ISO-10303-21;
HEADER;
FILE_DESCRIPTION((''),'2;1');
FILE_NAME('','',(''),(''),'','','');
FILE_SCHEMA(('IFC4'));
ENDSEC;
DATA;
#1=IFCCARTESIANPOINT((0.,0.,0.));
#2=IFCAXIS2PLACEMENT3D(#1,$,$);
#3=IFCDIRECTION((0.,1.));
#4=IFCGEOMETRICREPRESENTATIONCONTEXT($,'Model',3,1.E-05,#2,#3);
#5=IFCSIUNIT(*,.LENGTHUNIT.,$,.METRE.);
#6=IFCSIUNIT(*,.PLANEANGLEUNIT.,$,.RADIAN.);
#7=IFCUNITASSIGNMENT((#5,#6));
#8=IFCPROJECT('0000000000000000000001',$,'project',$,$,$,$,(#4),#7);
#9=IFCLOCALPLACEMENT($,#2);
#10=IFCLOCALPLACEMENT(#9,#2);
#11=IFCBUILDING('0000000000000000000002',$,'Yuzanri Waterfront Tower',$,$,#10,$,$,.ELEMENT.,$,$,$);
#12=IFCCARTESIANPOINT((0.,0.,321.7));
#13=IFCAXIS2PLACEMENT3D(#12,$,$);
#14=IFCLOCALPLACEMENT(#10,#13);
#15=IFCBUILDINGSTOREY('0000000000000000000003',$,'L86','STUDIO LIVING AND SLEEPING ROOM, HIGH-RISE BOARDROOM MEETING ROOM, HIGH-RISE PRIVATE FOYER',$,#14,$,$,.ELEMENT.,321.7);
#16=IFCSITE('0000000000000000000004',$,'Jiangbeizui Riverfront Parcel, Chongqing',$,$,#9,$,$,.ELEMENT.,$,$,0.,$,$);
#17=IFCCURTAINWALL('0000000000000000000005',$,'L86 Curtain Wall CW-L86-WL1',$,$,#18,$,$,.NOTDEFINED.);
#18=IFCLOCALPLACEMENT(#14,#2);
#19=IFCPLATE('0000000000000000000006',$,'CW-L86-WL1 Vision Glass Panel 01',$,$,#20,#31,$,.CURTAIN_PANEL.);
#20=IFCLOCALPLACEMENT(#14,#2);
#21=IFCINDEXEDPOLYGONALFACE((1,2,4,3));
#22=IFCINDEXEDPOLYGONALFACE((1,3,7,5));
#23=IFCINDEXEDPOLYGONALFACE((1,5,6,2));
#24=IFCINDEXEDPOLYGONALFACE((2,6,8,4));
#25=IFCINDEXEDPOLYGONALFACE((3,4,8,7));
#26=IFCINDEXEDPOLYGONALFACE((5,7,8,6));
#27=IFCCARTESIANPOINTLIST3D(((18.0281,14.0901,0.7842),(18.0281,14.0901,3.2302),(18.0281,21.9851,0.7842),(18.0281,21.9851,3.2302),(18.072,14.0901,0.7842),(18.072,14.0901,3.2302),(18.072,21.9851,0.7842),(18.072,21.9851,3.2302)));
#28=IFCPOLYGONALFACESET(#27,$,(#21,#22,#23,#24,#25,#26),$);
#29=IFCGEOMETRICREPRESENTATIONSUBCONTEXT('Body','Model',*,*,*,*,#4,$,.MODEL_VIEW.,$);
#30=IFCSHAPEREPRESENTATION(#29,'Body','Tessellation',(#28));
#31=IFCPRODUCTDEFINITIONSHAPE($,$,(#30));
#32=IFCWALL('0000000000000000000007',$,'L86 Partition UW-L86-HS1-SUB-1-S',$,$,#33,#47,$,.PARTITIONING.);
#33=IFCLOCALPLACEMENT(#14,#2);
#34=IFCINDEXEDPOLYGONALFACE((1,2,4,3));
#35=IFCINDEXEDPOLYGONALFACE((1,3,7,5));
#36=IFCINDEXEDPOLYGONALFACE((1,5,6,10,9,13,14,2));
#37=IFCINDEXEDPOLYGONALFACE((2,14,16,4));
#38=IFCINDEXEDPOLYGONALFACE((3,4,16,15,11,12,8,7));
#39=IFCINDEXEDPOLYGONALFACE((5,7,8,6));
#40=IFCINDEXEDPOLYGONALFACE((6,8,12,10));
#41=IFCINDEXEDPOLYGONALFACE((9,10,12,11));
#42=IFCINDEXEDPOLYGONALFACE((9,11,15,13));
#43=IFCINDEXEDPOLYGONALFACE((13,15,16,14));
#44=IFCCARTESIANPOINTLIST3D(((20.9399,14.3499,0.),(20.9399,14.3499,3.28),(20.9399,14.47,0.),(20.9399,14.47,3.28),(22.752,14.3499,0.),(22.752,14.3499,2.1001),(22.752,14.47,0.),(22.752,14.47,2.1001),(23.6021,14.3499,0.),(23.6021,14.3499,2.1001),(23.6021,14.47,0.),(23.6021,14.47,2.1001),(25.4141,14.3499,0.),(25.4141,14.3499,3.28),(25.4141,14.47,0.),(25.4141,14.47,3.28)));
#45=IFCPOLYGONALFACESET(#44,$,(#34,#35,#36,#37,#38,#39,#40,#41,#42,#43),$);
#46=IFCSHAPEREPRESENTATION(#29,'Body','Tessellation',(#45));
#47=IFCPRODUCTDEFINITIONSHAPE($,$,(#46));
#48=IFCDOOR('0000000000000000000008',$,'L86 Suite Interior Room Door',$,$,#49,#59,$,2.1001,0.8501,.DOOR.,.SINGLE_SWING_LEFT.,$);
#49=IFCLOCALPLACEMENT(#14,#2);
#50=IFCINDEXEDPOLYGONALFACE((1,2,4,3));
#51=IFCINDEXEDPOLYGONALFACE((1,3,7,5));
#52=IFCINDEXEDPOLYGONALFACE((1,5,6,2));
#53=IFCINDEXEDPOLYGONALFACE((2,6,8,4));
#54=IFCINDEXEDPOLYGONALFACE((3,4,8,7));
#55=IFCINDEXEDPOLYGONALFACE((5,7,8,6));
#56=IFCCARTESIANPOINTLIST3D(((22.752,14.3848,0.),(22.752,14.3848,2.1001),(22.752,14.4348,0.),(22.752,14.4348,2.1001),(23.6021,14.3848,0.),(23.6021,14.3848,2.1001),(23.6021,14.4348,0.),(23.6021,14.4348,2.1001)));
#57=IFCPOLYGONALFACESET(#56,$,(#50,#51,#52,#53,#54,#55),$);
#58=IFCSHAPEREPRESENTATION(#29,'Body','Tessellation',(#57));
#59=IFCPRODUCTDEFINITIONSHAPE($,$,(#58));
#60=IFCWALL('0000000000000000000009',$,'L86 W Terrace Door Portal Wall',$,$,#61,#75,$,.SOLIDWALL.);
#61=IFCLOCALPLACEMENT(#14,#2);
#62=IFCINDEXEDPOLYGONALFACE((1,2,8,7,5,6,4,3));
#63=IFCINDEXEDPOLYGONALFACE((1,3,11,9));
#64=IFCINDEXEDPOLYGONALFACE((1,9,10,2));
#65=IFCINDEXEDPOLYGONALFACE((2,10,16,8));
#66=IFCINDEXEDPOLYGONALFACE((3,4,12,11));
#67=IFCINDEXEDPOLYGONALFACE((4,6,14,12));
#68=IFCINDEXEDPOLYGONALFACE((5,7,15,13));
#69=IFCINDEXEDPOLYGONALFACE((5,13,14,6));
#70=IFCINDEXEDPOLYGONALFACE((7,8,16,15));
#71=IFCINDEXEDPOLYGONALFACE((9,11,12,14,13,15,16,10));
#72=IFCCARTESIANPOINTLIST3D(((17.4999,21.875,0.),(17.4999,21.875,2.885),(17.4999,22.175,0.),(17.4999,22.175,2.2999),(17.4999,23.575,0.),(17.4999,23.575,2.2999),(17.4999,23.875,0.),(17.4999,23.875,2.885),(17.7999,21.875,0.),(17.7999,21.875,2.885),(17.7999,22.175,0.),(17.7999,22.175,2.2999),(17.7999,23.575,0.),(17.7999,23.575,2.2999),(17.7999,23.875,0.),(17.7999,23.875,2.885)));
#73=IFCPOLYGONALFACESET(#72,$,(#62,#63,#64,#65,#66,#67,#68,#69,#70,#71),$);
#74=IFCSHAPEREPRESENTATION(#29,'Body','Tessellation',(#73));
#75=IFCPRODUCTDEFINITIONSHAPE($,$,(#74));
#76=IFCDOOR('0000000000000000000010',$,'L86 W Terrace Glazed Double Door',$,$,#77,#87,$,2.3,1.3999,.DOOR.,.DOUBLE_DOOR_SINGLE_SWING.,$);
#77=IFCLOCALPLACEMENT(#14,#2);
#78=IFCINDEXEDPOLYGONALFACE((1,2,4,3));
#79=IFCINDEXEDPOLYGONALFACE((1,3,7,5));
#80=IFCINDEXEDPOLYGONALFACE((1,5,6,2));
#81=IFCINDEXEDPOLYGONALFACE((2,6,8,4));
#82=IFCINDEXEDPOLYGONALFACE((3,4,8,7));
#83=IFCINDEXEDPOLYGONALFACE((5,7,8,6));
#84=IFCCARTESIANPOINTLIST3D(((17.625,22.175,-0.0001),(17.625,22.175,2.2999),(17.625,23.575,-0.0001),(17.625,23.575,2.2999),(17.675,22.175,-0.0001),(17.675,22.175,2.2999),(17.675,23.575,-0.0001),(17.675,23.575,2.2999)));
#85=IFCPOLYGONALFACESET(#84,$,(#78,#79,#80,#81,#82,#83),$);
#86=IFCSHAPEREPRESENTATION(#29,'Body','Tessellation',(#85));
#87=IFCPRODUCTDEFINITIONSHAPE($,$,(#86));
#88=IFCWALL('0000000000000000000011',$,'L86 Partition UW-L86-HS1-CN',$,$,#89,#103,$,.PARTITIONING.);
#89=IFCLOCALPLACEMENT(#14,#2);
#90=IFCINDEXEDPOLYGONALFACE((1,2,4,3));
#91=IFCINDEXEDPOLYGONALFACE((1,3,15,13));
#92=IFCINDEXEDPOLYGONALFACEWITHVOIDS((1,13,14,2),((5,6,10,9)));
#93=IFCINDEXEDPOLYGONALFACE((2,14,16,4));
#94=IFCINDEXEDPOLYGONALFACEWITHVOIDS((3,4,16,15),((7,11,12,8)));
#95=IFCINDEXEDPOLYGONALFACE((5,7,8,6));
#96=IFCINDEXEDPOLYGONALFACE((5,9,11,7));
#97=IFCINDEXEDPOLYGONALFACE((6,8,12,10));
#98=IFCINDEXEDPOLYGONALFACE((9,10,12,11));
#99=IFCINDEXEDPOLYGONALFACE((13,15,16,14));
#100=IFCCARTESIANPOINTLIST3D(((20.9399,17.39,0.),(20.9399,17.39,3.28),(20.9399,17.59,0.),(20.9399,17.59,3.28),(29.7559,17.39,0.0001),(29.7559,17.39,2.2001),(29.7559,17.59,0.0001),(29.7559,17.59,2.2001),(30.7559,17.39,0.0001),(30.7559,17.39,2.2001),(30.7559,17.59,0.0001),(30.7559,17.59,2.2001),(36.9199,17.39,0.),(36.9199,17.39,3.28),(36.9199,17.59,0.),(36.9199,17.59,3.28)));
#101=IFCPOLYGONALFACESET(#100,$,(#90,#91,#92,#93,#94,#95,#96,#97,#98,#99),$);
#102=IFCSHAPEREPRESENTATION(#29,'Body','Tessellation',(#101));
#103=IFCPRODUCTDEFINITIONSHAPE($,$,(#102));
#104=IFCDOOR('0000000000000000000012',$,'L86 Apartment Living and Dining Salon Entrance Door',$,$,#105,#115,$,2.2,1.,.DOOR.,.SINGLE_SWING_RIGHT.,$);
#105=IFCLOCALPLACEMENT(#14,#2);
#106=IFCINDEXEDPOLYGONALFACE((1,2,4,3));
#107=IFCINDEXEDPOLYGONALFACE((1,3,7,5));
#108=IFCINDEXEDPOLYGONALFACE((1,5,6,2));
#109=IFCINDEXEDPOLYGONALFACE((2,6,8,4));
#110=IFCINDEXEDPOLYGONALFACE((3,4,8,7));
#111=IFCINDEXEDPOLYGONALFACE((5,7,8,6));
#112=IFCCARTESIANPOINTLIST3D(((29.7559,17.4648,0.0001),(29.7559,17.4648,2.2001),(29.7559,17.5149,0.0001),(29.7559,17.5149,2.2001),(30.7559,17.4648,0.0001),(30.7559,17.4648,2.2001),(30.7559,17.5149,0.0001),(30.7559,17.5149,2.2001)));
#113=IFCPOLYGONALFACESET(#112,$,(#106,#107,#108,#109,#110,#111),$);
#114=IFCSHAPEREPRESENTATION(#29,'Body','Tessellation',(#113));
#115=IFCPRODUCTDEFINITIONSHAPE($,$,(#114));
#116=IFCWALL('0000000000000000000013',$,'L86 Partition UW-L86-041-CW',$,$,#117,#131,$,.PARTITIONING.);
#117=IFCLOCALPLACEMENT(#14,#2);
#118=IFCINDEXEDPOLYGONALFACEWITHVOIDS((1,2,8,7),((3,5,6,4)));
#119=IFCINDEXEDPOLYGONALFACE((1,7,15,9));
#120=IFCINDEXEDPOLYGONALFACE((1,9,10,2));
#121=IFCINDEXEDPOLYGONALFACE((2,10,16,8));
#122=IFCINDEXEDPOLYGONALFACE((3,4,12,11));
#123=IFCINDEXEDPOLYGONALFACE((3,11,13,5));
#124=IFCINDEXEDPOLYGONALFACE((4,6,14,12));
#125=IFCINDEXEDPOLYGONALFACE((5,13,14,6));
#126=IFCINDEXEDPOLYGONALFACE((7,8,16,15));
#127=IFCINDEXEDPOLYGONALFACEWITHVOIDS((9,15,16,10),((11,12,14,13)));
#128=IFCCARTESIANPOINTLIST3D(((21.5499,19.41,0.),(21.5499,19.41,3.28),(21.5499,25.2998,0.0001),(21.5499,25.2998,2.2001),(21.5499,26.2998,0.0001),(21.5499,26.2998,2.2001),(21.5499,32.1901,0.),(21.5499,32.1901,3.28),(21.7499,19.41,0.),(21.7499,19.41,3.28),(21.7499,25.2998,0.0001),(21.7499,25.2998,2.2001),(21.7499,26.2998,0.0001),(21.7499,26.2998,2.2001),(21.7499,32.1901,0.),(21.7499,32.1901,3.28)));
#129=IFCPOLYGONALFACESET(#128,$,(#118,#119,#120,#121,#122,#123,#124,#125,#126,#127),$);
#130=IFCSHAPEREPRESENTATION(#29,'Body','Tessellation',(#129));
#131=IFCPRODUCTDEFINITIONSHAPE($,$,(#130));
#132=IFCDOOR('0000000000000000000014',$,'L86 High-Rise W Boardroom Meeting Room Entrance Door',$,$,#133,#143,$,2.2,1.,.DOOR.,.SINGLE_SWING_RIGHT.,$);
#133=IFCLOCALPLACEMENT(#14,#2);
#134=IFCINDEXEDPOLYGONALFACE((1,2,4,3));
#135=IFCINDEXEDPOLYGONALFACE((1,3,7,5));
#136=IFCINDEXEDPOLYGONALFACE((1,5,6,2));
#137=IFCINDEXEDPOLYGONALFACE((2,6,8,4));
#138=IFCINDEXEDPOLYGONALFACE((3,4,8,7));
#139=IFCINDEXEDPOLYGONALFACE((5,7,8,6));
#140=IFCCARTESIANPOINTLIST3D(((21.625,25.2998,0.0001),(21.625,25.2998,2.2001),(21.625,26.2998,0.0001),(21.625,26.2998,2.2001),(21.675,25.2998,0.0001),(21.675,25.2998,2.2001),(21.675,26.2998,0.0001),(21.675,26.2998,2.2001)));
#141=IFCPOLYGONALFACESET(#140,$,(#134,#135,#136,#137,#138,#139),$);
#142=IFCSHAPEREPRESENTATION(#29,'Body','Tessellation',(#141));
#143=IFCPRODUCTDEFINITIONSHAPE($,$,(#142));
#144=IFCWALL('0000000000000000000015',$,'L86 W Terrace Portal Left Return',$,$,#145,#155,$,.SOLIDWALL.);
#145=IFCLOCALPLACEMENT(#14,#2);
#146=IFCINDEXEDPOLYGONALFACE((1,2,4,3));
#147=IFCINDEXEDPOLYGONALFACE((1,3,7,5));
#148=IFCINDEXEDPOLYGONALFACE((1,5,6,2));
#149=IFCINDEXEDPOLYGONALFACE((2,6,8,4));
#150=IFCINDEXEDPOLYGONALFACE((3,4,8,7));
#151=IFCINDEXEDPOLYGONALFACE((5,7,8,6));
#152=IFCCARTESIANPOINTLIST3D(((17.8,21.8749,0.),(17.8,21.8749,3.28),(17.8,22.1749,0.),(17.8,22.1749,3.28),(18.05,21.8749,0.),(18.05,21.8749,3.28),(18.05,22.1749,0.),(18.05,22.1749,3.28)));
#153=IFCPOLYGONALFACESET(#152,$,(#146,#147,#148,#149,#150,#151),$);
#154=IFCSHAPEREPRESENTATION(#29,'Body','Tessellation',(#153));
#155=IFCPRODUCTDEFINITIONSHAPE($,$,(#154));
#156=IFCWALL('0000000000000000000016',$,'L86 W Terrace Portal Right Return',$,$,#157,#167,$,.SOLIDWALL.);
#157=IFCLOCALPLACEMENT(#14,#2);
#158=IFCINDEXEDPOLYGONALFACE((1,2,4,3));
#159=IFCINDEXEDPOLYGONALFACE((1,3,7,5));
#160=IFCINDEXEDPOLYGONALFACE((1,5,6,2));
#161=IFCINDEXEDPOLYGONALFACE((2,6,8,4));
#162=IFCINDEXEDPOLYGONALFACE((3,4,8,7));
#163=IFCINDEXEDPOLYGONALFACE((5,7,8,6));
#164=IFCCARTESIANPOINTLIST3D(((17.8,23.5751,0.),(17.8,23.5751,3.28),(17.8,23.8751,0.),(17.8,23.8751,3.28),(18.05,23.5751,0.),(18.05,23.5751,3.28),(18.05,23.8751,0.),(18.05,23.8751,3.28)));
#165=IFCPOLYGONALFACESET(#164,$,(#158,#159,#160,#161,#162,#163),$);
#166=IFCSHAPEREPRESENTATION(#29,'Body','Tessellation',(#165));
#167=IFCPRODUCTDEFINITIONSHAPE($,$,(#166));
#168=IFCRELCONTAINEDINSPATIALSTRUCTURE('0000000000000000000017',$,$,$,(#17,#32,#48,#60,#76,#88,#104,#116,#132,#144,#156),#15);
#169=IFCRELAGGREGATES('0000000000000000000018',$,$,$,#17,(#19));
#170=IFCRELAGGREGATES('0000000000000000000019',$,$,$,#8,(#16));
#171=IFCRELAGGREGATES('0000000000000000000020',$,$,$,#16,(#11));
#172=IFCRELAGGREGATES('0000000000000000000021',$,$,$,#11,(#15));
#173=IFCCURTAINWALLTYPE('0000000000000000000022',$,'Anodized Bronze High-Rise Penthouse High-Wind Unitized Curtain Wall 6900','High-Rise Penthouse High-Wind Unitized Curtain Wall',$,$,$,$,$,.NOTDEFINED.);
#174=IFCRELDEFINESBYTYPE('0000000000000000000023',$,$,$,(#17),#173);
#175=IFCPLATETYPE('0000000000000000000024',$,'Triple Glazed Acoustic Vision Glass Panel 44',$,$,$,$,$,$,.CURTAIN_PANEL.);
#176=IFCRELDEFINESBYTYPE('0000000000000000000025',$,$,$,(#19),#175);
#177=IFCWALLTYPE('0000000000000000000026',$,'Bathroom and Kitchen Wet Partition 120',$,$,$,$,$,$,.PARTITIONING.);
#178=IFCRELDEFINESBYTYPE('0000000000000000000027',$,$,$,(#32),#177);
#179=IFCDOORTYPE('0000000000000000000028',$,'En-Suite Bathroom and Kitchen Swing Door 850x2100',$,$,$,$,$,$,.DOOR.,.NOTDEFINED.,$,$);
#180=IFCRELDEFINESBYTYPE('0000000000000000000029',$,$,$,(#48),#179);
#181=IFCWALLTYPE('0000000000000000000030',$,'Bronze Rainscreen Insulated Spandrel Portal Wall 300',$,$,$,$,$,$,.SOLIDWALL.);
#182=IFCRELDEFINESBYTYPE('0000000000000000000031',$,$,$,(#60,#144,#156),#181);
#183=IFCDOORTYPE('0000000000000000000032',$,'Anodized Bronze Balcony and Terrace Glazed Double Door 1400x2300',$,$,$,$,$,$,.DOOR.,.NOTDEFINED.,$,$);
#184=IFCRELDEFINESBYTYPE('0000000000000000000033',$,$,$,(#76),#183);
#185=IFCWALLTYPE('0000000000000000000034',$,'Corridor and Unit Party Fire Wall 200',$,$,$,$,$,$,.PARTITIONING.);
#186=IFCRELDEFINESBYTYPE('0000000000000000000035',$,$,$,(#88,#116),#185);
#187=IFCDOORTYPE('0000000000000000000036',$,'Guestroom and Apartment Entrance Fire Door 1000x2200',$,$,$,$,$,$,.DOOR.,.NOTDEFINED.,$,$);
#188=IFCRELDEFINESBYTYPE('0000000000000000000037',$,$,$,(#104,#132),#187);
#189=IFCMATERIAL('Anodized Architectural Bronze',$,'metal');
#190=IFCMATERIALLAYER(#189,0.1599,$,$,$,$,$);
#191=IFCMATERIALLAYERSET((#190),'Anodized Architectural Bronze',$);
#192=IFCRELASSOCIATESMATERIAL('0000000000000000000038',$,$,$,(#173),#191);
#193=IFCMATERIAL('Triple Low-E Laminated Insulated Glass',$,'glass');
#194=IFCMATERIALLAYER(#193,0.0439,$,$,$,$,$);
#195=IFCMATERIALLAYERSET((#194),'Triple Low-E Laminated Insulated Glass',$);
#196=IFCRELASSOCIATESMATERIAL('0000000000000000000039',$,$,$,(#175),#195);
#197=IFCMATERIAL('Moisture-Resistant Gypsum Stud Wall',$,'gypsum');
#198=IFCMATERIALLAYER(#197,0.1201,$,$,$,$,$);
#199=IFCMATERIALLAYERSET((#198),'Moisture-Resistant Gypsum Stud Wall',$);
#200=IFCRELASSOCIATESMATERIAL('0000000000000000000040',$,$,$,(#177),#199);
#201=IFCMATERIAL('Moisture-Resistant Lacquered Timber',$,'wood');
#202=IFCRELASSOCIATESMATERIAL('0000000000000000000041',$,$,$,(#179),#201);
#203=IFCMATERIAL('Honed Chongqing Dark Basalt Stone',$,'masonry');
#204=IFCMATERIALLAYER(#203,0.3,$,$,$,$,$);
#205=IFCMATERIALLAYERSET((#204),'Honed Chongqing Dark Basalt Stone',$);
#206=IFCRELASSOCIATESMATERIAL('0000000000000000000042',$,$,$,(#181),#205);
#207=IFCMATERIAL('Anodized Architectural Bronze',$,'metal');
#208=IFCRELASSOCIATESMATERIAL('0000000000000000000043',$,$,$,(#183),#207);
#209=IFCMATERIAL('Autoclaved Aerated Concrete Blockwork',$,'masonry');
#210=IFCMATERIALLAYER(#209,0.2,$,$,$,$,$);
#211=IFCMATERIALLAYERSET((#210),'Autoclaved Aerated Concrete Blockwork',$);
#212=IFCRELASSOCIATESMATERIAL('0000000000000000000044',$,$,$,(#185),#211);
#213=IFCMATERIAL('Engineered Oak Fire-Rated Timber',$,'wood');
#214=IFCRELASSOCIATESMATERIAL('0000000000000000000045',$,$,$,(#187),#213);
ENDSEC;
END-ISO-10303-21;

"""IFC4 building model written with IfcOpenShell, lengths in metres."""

from ifc_helpers import new_model, si_unit, direction, frame, frame_2d, origin, origin_2d, place, context, subcontext, project, spatial, rectangle, extrude, source, transform, mapped, material, layer, layer_set, type_object, element, fill, aggregate, save


model = new_model("IFC4")

# Units and contexts
model_context = context("Model", 3, precision=1e-05, world=origin(), true_north=direction((0.0, 1.0)))
body_context = subcontext(model_context, "Body", "Model", "MODEL_VIEW")
ifc_project = project(units=[si_unit("LENGTHUNIT", "METRE"), si_unit("PLANEANGLEUNIT", "RADIAN")], contexts=[model_context])

# Site, building, storey
site_placement = place(None, origin())
site = spatial("IfcSite", under=ifc_project, at=site_placement, Name="Jiangbeizui Riverfront Parcel, Chongqing", CompositionType="ELEMENT", RefElevation=0.0)
building_placement = place(site_placement, origin())
building = spatial("IfcBuilding", under=site, at=building_placement, Name="Yuzanri Waterfront Tower", CompositionType="ELEMENT")
storey_placement = place(building_placement, frame((0.0, 0.0, 321.7)))
storey = spatial("IfcBuildingStorey", under=building, at=storey_placement, Name="L86", Description="STUDIO LIVING AND SLEEPING ROOM, HIGH-RISE BOARDROOM MEETING ROOM, HIGH-RISE PRIVATE FOYER", CompositionType="ELEMENT", Elevation=321.7)

# Curtain wall
ifc_material_1 = material(Name="Anodized Architectural Bronze", Category="metal")
ifc_layer_1 = layer(ifc_material_1, 0.1599)
ifc_layer_set_1 = layer_set([ifc_layer_1], Name="Anodized Architectural Bronze")
curtain_wall_type = type_object("IfcCurtainWallType", Name="Anodized Bronze High-Rise Penthouse High-Wind Unitized Curtain Wall 6900", Description="High-Rise Penthouse High-Wind Unitized Curtain Wall", PredefinedType="NOTDEFINED", material=ifc_layer_set_1)
curtain_wall_1_placement = place(storey_placement, origin())
curtain_wall_1 = element("IfcCurtainWall", 1, at=curtain_wall_1_placement, inside=storey, type_object=curtain_wall_type, Name="L86 Curtain Wall CW-L86-WL1", PredefinedType="NOTDEFINED")

# Plate
ifc_material_2 = material(Name="Triple Low-E Laminated Insulated Glass", Category="glass")
ifc_layer_2 = layer(ifc_material_2, 0.0439)
ifc_layer_set_2 = layer_set([ifc_layer_2], Name="Triple Low-E Laminated Insulated Glass")
plate_type_1 = type_object("IfcPlateType", Name="Triple Glazed Acoustic Vision Glass Panel 44", PredefinedType="CURTAIN_PANEL", material=ifc_layer_set_2)
shared_shape_1 = source(origin(), body_context, "Body", "SweptSolid", [
    extrude(rectangle(XDim=7.895, YDim=0.0439, at=origin_2d()), origin(), (0.0, 0.0, 1.0), 2.446),
])
plate_1_placement = place(storey_placement, frame((18.05, 18.0376, 0.7842), z_axis=(0.0, 0.0, 1.0), x_axis=(0.0, 1.0, 0.0)))
plate_1 = element("IfcPlate", 2, at=plate_1_placement, type_object=plate_type_1, Name="CW-L86-WL1 Vision Glass Panel 01", PredefinedType="CURTAIN_PANEL", context=body_context, shape_type="MappedRepresentation", body=[
    mapped(shared_shape_1, transform((0.0, 0.0, 0.0), scale=1.0)),
])
aggregate(curtain_wall_1, [plate_1])

# Walls, openings, doors
ifc_material_3 = material(Name="Moisture-Resistant Gypsum Stud Wall", Category="gypsum")
ifc_layer_3 = layer(ifc_material_3, 0.1201)
ifc_layer_set_3 = layer_set([ifc_layer_3], Name="Moisture-Resistant Gypsum Stud Wall")
wall_type_1 = type_object("IfcWallType", Name="Bathroom and Kitchen Wet Partition 120", PredefinedType="PARTITIONING", material=ifc_layer_set_3)
wall_1_placement = place(storey_placement, frame((20.9399, 14.4099, 0.0), z_axis=(0.0, 0.0, 1.0), x_axis=(1.0, 0.0, 0.0)))
wall_1 = element("IfcWall", 3, at=wall_1_placement, inside=storey, type_object=wall_type_1, Name="L86 Partition UW-L86-HS1-SUB-1-S", PredefinedType="PARTITIONING", context=body_context, shape_type="SweptSolid", body=[
    extrude(rectangle(XDim=4.4741, YDim=0.1201, at=frame_2d((2.2371, 0.0))), origin(), (0.0, 0.0, 1.0), 3.28),
])
opening_1_placement = place(wall_1_placement, frame((1.812, 0.0, 0.0)))
opening_1 = element("IfcOpeningElement", 4, at=opening_1_placement, cuts=wall_1, PredefinedType="OPENING", context=body_context, shape_type="SweptSolid", body=[
    extrude(rectangle(XDim=0.8501, YDim=2.1001, at=frame_2d((0.425, 1.05))), frame((0.0, 0.075, 0.0), z_axis=(0.0, -1.0, 0.0), x_axis=(1.0, 0.0, 0.0)), (0.0, 0.0, 1.0), 0.1499),
])
ifc_material_4 = material(Name="Moisture-Resistant Lacquered Timber", Category="wood")
door_type_1 = type_object("IfcDoorType", Name="En-Suite Bathroom and Kitchen Swing Door 850x2100", OperationType="NOTDEFINED", PredefinedType="DOOR", material=ifc_material_4)
shared_shape_2 = source(origin(), body_context, "Body", "SweptSolid", [
    extrude(rectangle(XDim=0.8501, YDim=2.1001, at=frame_2d((0.425, 1.05))), frame((0.0, 0.0249, 0.0), z_axis=(0.0, -1.0, 0.0), x_axis=(1.0, 0.0, 0.0)), (0.0, 0.0, 1.0), 0.05),
])
door_1_placement = place(opening_1_placement, origin())
door_1 = element("IfcDoor", 5, at=door_1_placement, inside=storey, type_object=door_type_1, Name="L86 Suite Interior Room Door", OperationType="SINGLE_SWING_LEFT", OverallHeight=2.1001, OverallWidth=0.8501, PredefinedType="DOOR", context=body_context, shape_type="MappedRepresentation", body=[
    mapped(shared_shape_2, transform((0.0, 0.0, 0.0), scale=1.0)),
])
fill(opening_1, door_1)
ifc_material_5 = material(Name="Honed Chongqing Dark Basalt Stone", Category="masonry")
ifc_layer_4 = layer(ifc_material_5, 0.3)
ifc_layer_set_4 = layer_set([ifc_layer_4], Name="Honed Chongqing Dark Basalt Stone")
wall_type_2 = type_object("IfcWallType", Name="Bronze Rainscreen Insulated Spandrel Portal Wall 300", PredefinedType="SOLIDWALL", material=ifc_layer_set_4)
wall_2_placement = place(storey_placement, frame((17.6499, 21.875, 0.0), z_axis=(0.0, 0.0, 1.0), x_axis=(0.0, 1.0, 0.0)))
wall_2 = element("IfcWall", 6, at=wall_2_placement, inside=storey, type_object=wall_type_2, Name="L86 W Terrace Door Portal Wall", PredefinedType="SOLIDWALL", context=body_context, shape_type="SweptSolid", body=[
    extrude(rectangle(XDim=2.0, YDim=0.3, at=frame_2d((1.0, 0.0))), origin(), (0.0, 0.0, 1.0), 2.885),
])
opening_2_placement = place(wall_2_placement, frame((0.3, 0.0, 0.0)))
opening_2 = element("IfcOpeningElement", 7, at=opening_2_placement, cuts=wall_2, PredefinedType="OPENING", context=body_context, shape_type="SweptSolid", body=[
    extrude(rectangle(XDim=1.3999, YDim=2.3, at=frame_2d((0.7, 1.1499))), frame((0.0, 0.165, 0.0), z_axis=(0.0, -1.0, 0.0), x_axis=(1.0, 0.0, 0.0)), (0.0, 0.0, 1.0), 0.3298),
])
ifc_material_6 = material(Name="Anodized Architectural Bronze", Category="metal")
door_type_2 = type_object("IfcDoorType", Name="Anodized Bronze Balcony and Terrace Glazed Double Door 1400x2300", OperationType="NOTDEFINED", PredefinedType="DOOR", material=ifc_material_6)
shared_shape_3 = source(origin(), body_context, "Body", "SweptSolid", [
    extrude(rectangle(XDim=1.3999, YDim=2.3, at=frame_2d((0.7, 1.1499))), frame((0.0, 0.0249, 0.0), z_axis=(0.0, -1.0, 0.0), x_axis=(1.0, 0.0, 0.0)), (0.0, 0.0, 1.0), 0.05),
])
door_2_placement = place(opening_2_placement, origin())
door_2 = element("IfcDoor", 8, at=door_2_placement, inside=storey, type_object=door_type_2, Name="L86 W Terrace Glazed Double Door", OperationType="DOUBLE_DOOR_SINGLE_SWING", OverallHeight=2.3, OverallWidth=1.3999, PredefinedType="DOOR", context=body_context, shape_type="MappedRepresentation", body=[
    mapped(shared_shape_3, transform((0.0, 0.0, 0.0), scale=1.0)),
])
fill(opening_2, door_2)
ifc_material_7 = material(Name="Autoclaved Aerated Concrete Blockwork", Category="masonry")
ifc_layer_5 = layer(ifc_material_7, 0.2)
ifc_layer_set_5 = layer_set([ifc_layer_5], Name="Autoclaved Aerated Concrete Blockwork")
wall_type_3 = type_object("IfcWallType", Name="Corridor and Unit Party Fire Wall 200", PredefinedType="PARTITIONING", material=ifc_layer_set_5)
wall_3_placement = place(storey_placement, frame((20.9399, 17.49, 0.0), z_axis=(0.0, 0.0, 1.0), x_axis=(1.0, 0.0, 0.0)))
wall_3 = element("IfcWall", 9, at=wall_3_placement, inside=storey, type_object=wall_type_3, Name="L86 Partition UW-L86-HS1-CN", PredefinedType="PARTITIONING", context=body_context, shape_type="SweptSolid", body=[
    extrude(rectangle(XDim=15.98, YDim=0.2, at=frame_2d((7.99, 0.0))), origin(), (0.0, 0.0, 1.0), 3.28),
])
opening_3_placement = place(wall_3_placement, frame((8.8159, 0.0, 0.0)))
opening_3 = element("IfcOpeningElement", 10, at=opening_3_placement, cuts=wall_3, PredefinedType="OPENING", context=body_context, shape_type="SweptSolid", body=[
    extrude(rectangle(XDim=1.0, YDim=2.2, at=frame_2d((0.5, 1.1001))), frame((0.0, 0.1147, 0.0), z_axis=(0.0, -1.0, 0.0), x_axis=(1.0, 0.0, 0.0)), (0.0, 0.0, 1.0), 0.2297),
])
ifc_material_8 = material(Name="Engineered Oak Fire-Rated Timber", Category="wood")
door_type_3 = type_object("IfcDoorType", Name="Guestroom and Apartment Entrance Fire Door 1000x2200", OperationType="NOTDEFINED", PredefinedType="DOOR", material=ifc_material_8)
shared_shape_4 = source(origin(), body_context, "Body", "SweptSolid", [
    extrude(rectangle(XDim=1.0, YDim=2.2, at=frame_2d((0.5, 1.1001))), frame((0.0, 0.0249, 0.0), z_axis=(0.0, -1.0, 0.0), x_axis=(1.0, 0.0, 0.0)), (0.0, 0.0, 1.0), 0.05),
])
door_3_placement = place(opening_3_placement, origin())
door_3 = element("IfcDoor", 11, at=door_3_placement, inside=storey, type_object=door_type_3, Name="L86 Apartment Living and Dining Salon Entrance Door", OperationType="SINGLE_SWING_RIGHT", OverallHeight=2.2, OverallWidth=1.0, PredefinedType="DOOR", context=body_context, shape_type="MappedRepresentation", body=[
    mapped(shared_shape_4, transform((0.0, 0.0, 0.0), scale=1.0)),
])
fill(opening_3, door_3)
wall_4_placement = place(storey_placement, frame((21.6499, 19.4099, 0.0), z_axis=(0.0, 0.0, 1.0), x_axis=(0.0, 1.0, 0.0)))
wall_4 = element("IfcWall", 12, at=wall_4_placement, inside=storey, type_object=wall_type_3, Name="L86 Partition UW-L86-041-CW", PredefinedType="PARTITIONING", context=body_context, shape_type="SweptSolid", body=[
    extrude(rectangle(XDim=12.78, YDim=0.2, at=frame_2d((6.3901, 0.0))), origin(), (0.0, 0.0, 1.0), 3.28),
])
opening_4_placement = place(wall_4_placement, frame((5.8899, 0.0, 0.0)))
opening_4 = element("IfcOpeningElement", 13, at=opening_4_placement, cuts=wall_4, PredefinedType="OPENING", context=body_context, shape_type="SweptSolid", body=[
    extrude(rectangle(XDim=1.0, YDim=2.2, at=frame_2d((0.5, 1.1001))), frame((0.0, 0.1147, 0.0), z_axis=(0.0, -1.0, 0.0), x_axis=(1.0, 0.0, 0.0)), (0.0, 0.0, 1.0), 0.2297),
])
door_4_placement = place(opening_4_placement, origin())
door_4 = element("IfcDoor", 14, at=door_4_placement, inside=storey, type_object=door_type_3, Name="L86 High-Rise W Boardroom Meeting Room Entrance Door", OperationType="SINGLE_SWING_RIGHT", OverallHeight=2.2, OverallWidth=1.0, PredefinedType="DOOR", context=body_context, shape_type="MappedRepresentation", body=[
    mapped(shared_shape_4, transform((0.0, 0.0, 0.0), scale=1.0)),
])
fill(opening_4, door_4)

# Walls
shared_shape_5 = source(origin(), body_context, "Body", "SweptSolid", [
    extrude(rectangle(XDim=0.25, YDim=0.3, at=frame_2d((0.125, 0.0))), origin(), (0.0, 0.0, 1.0), 3.28),
])
for number, where, z_axis, x_axis, name in (
    (15, (18.05, 22.0249, 0.0), (0.0, 0.0, 1.0), (-1.0, 0.0, 0.0), "L86 W Terrace Portal Left Return"),
    (16, (17.8, 23.7251, 0.0), (0.0, 0.0, 1.0), (1.0, 0.0, 0.0), "L86 W Terrace Portal Right Return"),
):
    element("IfcWall", number, at=place(storey_placement, frame(where, z_axis=z_axis, x_axis=x_axis)), inside=storey, type_object=wall_type_2, Name=name, PredefinedType="SOLIDWALL", context=body_context, shape_type="MappedRepresentation", body=[
        mapped(shared_shape_5, transform((0.0, 0.0, 0.0), scale=1.0)),
    ])

save(model, "model.ifc")
